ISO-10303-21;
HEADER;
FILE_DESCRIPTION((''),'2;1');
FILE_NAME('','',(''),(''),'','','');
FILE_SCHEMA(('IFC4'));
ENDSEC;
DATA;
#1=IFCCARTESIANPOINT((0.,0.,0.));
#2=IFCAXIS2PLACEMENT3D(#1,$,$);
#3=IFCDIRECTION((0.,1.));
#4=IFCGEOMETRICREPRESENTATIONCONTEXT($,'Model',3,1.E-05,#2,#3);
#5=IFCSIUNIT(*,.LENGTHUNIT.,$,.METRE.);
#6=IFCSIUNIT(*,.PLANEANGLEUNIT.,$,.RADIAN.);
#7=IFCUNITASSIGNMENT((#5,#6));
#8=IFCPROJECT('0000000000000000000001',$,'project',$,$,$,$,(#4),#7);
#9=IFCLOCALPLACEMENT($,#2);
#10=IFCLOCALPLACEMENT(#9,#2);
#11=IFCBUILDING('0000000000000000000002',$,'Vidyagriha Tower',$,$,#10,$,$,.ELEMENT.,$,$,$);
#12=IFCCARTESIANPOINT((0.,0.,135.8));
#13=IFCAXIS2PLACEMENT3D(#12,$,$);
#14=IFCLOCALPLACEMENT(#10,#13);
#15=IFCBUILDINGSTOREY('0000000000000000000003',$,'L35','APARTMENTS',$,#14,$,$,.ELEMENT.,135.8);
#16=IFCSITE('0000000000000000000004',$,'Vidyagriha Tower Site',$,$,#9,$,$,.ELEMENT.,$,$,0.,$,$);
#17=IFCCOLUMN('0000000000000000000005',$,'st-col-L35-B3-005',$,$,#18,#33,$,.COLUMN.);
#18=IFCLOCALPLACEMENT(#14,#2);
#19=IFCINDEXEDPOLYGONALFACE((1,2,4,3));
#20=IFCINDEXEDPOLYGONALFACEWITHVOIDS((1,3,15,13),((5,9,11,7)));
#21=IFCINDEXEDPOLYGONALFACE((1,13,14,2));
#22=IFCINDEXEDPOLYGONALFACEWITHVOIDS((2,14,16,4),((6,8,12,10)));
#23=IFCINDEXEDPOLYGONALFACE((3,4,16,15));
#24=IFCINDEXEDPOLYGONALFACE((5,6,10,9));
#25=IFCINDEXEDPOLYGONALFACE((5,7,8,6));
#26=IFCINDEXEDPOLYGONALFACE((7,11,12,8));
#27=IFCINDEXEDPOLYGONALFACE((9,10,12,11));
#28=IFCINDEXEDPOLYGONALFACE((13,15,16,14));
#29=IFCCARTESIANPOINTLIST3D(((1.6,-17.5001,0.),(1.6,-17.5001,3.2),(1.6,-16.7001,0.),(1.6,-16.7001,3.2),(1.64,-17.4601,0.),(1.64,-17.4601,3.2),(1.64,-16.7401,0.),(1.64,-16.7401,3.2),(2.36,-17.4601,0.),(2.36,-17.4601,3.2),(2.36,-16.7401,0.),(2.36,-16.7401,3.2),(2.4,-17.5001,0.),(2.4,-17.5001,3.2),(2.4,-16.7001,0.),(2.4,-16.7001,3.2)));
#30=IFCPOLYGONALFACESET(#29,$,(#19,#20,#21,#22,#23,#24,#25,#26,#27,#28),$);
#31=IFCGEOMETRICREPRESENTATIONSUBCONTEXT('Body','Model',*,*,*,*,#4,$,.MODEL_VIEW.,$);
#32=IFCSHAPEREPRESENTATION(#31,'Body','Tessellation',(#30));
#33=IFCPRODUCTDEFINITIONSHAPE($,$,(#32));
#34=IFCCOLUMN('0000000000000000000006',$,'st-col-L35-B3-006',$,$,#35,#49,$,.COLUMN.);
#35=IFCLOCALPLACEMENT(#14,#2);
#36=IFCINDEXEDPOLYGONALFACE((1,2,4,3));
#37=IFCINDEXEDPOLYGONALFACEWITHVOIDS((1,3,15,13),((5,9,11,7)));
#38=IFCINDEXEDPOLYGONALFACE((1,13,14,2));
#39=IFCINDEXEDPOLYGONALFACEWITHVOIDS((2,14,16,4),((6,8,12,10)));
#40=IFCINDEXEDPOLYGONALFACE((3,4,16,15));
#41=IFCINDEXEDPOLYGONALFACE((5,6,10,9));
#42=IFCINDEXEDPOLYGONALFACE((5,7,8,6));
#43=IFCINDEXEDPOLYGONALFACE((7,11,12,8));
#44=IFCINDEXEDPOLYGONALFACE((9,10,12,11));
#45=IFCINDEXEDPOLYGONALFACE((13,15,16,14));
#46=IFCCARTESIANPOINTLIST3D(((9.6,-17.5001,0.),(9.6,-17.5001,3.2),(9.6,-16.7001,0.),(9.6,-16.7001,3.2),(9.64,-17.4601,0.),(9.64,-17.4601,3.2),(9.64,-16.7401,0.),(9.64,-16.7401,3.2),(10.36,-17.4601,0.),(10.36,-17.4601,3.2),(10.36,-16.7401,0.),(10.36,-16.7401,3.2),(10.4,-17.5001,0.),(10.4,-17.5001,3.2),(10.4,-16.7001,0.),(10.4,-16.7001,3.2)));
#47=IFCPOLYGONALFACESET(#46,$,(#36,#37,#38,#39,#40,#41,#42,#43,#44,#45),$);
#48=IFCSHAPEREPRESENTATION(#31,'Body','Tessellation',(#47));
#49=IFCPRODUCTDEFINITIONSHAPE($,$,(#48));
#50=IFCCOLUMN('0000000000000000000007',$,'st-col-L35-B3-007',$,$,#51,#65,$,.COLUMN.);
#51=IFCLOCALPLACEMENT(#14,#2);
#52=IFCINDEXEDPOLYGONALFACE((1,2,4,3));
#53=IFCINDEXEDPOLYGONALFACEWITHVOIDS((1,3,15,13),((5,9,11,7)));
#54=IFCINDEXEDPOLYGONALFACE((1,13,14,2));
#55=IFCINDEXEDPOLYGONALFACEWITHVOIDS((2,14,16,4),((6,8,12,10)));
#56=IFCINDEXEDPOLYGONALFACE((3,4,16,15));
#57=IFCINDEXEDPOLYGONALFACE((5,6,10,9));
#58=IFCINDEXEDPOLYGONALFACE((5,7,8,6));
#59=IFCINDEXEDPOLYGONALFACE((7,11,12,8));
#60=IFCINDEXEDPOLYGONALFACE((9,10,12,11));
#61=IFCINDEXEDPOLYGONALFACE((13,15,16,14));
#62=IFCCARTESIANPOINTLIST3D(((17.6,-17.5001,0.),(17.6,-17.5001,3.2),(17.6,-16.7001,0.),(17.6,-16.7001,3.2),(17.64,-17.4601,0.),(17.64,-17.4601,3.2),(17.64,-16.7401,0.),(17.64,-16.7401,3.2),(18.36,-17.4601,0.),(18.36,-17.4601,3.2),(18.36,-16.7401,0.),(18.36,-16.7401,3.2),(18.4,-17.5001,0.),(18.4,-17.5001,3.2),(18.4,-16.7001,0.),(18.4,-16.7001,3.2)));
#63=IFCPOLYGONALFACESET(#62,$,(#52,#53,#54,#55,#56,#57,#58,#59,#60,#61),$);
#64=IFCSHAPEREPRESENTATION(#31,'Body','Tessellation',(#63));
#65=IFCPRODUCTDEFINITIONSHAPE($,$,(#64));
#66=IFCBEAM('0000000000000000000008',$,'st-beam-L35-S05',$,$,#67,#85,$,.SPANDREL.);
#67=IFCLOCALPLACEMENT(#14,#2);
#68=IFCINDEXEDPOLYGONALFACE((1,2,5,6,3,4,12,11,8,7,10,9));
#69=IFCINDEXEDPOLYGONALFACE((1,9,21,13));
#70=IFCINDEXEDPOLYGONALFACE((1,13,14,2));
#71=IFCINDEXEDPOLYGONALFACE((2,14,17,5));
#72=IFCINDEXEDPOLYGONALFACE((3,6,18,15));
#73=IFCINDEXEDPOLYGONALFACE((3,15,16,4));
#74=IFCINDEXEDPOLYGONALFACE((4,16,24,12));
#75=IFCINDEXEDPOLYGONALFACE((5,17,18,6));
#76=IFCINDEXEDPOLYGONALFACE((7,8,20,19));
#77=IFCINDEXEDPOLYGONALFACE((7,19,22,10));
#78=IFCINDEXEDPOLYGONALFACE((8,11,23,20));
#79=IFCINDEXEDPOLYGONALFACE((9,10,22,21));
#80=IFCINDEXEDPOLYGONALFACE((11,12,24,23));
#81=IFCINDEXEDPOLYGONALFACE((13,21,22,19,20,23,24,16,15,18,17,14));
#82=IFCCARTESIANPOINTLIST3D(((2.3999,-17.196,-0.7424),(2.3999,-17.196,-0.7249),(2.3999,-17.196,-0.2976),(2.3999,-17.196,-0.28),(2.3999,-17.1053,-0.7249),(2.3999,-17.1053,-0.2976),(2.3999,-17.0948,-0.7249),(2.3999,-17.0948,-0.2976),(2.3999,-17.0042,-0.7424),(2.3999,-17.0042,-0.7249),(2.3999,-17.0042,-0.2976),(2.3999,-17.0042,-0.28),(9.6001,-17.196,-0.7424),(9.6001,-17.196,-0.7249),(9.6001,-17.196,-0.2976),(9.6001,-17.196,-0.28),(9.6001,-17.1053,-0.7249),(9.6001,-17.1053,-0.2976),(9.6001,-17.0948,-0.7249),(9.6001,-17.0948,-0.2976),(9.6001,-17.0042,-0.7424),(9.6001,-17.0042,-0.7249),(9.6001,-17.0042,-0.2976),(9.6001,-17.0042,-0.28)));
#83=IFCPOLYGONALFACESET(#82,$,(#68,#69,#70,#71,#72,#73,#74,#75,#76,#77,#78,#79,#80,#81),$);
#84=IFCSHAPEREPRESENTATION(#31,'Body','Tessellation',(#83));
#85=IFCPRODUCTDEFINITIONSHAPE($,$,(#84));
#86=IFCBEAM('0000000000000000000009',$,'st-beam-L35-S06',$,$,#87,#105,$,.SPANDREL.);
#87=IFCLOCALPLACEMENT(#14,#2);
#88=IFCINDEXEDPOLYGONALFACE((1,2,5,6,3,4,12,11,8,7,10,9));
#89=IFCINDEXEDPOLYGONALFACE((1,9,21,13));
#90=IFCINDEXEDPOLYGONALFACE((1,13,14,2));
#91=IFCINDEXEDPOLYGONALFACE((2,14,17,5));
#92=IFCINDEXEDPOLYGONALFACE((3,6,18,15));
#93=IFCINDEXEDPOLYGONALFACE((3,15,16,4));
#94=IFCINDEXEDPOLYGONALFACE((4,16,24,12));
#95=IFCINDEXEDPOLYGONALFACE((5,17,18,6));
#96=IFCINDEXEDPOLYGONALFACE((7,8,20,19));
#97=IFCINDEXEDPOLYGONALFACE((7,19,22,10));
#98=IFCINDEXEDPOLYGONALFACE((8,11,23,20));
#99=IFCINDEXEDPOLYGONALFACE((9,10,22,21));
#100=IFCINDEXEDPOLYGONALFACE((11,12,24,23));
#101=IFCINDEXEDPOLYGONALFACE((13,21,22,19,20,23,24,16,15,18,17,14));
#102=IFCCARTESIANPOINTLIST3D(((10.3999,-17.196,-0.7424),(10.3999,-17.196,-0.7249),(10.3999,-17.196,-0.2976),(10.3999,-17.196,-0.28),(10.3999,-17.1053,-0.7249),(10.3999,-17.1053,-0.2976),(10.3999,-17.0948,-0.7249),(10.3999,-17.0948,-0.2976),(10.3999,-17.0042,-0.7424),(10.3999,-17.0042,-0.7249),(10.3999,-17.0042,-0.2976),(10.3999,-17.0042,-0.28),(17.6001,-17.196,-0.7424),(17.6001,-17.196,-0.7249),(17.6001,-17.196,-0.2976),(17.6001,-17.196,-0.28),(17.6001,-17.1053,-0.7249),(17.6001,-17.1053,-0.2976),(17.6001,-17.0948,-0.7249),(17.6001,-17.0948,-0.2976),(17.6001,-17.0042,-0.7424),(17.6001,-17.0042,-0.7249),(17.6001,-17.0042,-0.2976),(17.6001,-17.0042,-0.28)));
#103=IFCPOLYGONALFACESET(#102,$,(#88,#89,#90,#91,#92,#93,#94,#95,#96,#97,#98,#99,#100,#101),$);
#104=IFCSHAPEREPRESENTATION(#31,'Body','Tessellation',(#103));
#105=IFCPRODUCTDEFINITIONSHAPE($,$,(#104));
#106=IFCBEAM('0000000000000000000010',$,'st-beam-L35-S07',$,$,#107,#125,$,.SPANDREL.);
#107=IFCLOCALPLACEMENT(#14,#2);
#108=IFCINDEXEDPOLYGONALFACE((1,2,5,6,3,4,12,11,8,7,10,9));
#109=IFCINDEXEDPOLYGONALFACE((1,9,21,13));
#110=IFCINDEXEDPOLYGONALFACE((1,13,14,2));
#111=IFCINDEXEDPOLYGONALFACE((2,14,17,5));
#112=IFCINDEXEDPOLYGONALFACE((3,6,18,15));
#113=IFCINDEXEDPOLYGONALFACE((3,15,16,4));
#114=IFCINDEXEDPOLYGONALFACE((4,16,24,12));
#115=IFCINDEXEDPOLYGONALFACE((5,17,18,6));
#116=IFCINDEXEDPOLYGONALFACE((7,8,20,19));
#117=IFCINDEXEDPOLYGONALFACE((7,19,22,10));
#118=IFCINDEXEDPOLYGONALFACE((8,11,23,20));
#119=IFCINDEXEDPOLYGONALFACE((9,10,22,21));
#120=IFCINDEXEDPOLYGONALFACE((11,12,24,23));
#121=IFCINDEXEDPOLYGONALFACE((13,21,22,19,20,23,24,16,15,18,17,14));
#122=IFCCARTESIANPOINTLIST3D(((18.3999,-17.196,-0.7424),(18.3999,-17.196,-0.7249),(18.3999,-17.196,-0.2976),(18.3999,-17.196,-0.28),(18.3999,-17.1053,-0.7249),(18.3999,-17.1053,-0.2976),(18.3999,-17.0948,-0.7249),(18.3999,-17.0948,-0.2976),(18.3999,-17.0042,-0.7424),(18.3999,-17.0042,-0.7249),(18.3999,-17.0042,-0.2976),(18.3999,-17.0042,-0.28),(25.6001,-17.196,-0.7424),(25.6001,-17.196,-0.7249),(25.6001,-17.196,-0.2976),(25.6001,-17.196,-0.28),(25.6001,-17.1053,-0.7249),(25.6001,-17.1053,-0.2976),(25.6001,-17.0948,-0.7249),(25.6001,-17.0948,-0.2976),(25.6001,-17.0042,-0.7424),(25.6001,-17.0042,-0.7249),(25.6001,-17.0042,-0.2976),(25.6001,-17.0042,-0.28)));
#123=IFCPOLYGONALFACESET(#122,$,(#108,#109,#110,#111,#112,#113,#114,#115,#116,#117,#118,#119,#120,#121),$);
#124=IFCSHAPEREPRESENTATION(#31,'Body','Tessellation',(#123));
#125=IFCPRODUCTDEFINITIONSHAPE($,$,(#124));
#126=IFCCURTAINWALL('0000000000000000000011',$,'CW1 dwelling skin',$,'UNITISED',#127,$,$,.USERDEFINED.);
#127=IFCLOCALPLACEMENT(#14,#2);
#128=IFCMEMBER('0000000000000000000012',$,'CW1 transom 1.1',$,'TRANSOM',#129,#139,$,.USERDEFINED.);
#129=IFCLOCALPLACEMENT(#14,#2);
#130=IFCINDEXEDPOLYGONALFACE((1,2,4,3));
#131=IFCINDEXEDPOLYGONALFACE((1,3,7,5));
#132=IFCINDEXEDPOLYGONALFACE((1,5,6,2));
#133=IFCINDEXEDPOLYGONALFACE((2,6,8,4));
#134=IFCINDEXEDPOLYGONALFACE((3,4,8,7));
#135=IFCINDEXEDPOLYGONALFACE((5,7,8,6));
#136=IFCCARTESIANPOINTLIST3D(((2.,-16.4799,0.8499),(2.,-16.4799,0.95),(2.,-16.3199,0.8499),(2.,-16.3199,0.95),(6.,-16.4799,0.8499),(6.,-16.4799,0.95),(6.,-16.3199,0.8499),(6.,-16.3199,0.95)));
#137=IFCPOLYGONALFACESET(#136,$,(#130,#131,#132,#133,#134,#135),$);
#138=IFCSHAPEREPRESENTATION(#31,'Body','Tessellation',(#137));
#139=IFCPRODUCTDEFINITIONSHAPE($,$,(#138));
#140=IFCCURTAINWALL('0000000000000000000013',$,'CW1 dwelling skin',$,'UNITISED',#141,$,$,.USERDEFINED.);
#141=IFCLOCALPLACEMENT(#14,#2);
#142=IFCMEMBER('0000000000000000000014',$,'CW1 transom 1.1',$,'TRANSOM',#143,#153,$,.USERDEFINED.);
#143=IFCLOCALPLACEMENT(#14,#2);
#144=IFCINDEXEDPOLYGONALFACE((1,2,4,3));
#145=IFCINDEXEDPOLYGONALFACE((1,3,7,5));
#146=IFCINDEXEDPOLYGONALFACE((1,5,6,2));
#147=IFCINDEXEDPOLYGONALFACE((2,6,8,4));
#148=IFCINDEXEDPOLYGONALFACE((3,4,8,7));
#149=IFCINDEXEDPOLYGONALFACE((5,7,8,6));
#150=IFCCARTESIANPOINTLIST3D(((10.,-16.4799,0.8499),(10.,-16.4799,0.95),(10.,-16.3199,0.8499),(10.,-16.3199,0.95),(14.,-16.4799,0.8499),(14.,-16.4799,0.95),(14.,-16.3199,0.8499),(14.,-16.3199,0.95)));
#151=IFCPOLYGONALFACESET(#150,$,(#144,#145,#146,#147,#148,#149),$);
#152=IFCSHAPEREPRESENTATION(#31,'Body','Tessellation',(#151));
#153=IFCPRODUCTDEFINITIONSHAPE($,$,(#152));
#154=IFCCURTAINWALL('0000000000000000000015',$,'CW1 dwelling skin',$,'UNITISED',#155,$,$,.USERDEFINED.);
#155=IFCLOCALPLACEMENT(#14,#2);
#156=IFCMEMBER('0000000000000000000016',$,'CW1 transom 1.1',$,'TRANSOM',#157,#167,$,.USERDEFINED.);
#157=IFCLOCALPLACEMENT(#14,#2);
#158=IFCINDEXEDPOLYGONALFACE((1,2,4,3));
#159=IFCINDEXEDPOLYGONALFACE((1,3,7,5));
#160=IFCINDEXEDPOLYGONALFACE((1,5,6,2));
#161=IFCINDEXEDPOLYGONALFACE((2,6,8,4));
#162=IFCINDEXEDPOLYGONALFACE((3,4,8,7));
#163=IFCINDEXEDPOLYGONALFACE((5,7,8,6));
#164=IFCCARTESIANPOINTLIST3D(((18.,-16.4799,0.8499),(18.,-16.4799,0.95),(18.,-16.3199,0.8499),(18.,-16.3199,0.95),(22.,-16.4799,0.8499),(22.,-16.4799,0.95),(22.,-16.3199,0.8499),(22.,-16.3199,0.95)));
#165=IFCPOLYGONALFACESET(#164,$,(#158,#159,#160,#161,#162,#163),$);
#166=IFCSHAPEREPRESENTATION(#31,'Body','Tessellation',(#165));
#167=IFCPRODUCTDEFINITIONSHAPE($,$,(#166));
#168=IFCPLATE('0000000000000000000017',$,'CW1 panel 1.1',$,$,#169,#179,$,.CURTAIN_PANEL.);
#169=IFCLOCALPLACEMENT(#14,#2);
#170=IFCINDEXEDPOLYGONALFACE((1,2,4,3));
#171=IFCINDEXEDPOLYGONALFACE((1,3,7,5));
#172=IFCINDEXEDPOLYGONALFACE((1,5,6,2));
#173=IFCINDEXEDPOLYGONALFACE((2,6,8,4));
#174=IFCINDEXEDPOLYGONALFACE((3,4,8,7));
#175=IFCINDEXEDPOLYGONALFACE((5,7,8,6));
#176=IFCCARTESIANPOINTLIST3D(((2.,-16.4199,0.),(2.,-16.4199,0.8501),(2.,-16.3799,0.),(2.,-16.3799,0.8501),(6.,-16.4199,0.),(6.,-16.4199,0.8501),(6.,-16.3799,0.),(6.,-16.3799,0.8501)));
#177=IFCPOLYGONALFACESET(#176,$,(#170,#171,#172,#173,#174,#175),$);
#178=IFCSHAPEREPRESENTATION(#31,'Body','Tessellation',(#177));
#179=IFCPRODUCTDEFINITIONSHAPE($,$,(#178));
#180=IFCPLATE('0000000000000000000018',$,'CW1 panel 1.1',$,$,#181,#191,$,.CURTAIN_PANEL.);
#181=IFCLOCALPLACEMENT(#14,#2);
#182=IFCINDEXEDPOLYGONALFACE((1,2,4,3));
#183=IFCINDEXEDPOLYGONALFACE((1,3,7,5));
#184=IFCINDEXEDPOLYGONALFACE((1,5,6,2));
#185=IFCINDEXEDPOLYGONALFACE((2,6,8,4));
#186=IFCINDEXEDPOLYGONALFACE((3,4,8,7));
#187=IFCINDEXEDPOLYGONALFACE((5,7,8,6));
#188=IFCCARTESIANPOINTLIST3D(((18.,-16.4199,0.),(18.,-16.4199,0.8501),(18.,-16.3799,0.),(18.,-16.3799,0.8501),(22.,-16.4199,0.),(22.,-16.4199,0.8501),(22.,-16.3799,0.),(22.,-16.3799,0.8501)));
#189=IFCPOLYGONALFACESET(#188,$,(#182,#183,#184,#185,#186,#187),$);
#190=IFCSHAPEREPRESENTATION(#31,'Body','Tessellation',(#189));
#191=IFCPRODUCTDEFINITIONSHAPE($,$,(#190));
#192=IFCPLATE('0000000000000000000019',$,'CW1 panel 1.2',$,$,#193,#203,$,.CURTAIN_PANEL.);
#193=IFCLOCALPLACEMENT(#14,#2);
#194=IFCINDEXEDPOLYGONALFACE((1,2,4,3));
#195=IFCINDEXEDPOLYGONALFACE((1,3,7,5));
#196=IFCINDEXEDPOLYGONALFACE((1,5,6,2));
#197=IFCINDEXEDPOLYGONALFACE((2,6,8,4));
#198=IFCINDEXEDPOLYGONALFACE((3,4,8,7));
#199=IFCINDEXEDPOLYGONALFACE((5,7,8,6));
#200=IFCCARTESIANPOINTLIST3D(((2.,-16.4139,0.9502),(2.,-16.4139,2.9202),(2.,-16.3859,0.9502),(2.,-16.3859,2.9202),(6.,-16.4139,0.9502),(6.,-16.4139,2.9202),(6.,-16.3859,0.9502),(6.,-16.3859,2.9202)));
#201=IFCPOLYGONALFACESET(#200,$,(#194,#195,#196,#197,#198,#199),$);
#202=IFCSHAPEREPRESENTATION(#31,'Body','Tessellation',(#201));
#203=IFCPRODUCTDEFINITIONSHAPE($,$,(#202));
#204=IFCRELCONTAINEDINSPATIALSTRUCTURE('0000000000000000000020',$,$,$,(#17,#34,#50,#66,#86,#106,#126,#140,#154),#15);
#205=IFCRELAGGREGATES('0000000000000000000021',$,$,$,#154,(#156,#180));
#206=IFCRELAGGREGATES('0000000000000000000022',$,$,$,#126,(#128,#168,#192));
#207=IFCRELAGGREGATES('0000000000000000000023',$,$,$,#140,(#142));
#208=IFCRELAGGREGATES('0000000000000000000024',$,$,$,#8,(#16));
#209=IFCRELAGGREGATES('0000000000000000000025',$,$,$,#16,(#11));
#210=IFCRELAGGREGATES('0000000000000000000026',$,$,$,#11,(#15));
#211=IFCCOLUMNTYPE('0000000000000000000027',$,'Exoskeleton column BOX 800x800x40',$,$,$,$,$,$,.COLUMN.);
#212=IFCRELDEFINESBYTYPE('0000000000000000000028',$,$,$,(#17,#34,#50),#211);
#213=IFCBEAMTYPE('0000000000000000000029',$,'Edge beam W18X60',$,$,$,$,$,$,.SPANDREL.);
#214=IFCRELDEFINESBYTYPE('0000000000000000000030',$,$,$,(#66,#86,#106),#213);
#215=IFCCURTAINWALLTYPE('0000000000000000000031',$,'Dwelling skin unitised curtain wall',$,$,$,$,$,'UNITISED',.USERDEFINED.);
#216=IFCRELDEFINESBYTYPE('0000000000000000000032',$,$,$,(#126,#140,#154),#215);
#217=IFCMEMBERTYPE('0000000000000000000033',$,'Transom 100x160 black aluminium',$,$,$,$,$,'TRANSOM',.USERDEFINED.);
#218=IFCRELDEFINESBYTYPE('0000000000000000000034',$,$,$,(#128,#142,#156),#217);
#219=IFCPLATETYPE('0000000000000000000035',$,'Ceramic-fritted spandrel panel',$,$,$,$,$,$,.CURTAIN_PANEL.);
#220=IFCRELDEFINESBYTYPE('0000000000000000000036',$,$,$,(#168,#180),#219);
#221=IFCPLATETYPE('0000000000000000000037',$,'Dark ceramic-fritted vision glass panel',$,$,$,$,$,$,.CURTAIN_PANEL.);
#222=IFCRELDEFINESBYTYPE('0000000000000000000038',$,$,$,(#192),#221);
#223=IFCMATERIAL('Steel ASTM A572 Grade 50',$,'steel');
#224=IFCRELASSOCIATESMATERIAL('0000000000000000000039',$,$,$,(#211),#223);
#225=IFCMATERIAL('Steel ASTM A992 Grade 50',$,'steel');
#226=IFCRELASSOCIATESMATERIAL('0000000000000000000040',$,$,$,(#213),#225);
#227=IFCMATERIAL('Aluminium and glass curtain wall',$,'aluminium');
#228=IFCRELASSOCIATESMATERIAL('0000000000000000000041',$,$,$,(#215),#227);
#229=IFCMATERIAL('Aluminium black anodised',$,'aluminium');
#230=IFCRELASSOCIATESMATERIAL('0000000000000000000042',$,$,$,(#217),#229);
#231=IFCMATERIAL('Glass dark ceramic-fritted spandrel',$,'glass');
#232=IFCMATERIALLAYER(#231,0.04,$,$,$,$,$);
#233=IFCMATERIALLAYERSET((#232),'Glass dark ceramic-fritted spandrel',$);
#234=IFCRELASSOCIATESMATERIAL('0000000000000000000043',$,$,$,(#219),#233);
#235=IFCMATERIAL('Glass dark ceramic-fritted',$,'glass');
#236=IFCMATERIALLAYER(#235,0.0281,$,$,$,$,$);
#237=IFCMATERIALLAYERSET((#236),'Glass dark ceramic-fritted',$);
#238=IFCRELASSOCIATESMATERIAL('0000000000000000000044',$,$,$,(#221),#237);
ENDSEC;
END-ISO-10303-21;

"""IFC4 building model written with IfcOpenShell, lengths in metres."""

from ifc_helpers import new_model, si_unit, direction, frame, origin, origin_2d, place, context, subcontext, project, spatial, rectangle, hollow_rectangle, i_section, extrude, material, layer, layer_set, material_profile, profile_set, type_object, element, aggregate, save


model = new_model("IFC4")

# Units and contexts
model_context = context("Model", 3, precision=1e-05, world=origin(), true_north=direction((0.0, 1.0)))
body_context = subcontext(model_context, "Body", "Model", "MODEL_VIEW")
ifc_project = project(units=[si_unit("LENGTHUNIT", "METRE"), si_unit("PLANEANGLEUNIT", "RADIAN")], contexts=[model_context])

# Site, building, storey
site_placement = place(None, origin())
site = spatial("IfcSite", under=ifc_project, at=site_placement, Name="Vidyagriha Tower Site", CompositionType="ELEMENT", RefElevation=0.0)
building_placement = place(site_placement, origin())
building = spatial("IfcBuilding", under=site, at=building_placement, Name="Vidyagriha Tower", CompositionType="ELEMENT")
storey_placement = place(building_placement, frame((0.0, 0.0, 135.8)))
storey = spatial("IfcBuildingStorey", under=building, at=storey_placement, Name="L35", Description="APARTMENTS", CompositionType="ELEMENT", Elevation=135.8)

# Columns
ifc_material_1 = material(Name="Steel ASTM A572 Grade 50", Category="steel")
ifc_material_profile_1 = material_profile(ifc_material_1, hollow_rectangle(XDim=0.8, YDim=0.8, WallThickness=0.04, at=origin_2d()), Name="BOX 800x800x40")
ifc_profile_set_1 = profile_set([ifc_material_profile_1], Name="Steel ASTM A572 Grade 50")
column_type = type_object("IfcColumnType", Name="Exoskeleton column BOX 800x800x40", PredefinedType="COLUMN", material=ifc_profile_set_1)
for number, where, name in (
    (1, (2.0, -17.1001, 0.0), "st-col-L35-B3-005"),
    (2, (10.0, -17.1001, 0.0), "st-col-L35-B3-006"),
    (3, (18.0, -17.1001, 0.0), "st-col-L35-B3-007"),
):
    element("IfcColumn", number, at=place(storey_placement, frame(where)), inside=storey, type_object=column_type, Name=name, PredefinedType="COLUMN", context=body_context, shape_type="SweptSolid", body=[
        extrude(hollow_rectangle(XDim=0.8, YDim=0.8, WallThickness=0.04, at=origin_2d()), origin(), (0.0, 0.0, 1.0), 3.2),
    ])

# Beams
ifc_material_2 = material(Name="Steel ASTM A992 Grade 50", Category="steel")
ifc_material_profile_2 = material_profile(ifc_material_2, i_section(OverallWidth=0.1919, OverallDepth=0.4624, WebThickness=0.0105, FlangeThickness=0.0176, at=origin_2d()), Name="W18X60")
ifc_profile_set_2 = profile_set([ifc_material_profile_2], Name="Steel ASTM A992 Grade 50")
beam_type = type_object("IfcBeamType", Name="Edge beam W18X60", PredefinedType="SPANDREL", material=ifc_profile_set_2)
for number, where, z_axis, x_axis, name in (
    (4, (2.3999, -17.1001, -0.5112), (1.0, 0.0, 0.0), (0.0, 1.0, 0.0), "st-beam-L35-S05"),
    (5, (10.3999, -17.1001, -0.5112), (1.0, 0.0, 0.0), (0.0, 1.0, 0.0), "st-beam-L35-S06"),
    (6, (18.3999, -17.1001, -0.5112), (1.0, 0.0, 0.0), (0.0, 1.0, 0.0), "st-beam-L35-S07"),
):
    element("IfcBeam", number, at=place(storey_placement, frame(where, z_axis=z_axis, x_axis=x_axis)), inside=storey, type_object=beam_type, Name=name, PredefinedType="SPANDREL", context=body_context, shape_type="SweptSolid", body=[
        extrude(i_section(OverallWidth=0.1919, OverallDepth=0.4624, WebThickness=0.0105, FlangeThickness=0.0176, at=origin_2d()), origin(), (0.0, 0.0, 1.0), 7.2002),
    ])

# Curtain walls, members
ifc_material_3 = material(Name="Aluminium and glass curtain wall", Category="aluminium")
curtain_wall_type = type_object("IfcCurtainWallType", Name="Dwelling skin unitised curtain wall", ElementType="UNITISED", PredefinedType="USERDEFINED", material=ifc_material_3)
curtain_wall_1_placement = place(storey_placement, origin())
curtain_wall_1 = element("IfcCurtainWall", 7, at=curtain_wall_1_placement, inside=storey, type_object=curtain_wall_type, Name="CW1 dwelling skin", ObjectType="UNITISED", PredefinedType="USERDEFINED")
ifc_material_4 = material(Name="Aluminium black anodised", Category="aluminium")
ifc_material_profile_3 = material_profile(ifc_material_4, rectangle(XDim=0.1599, YDim=0.1001, at=origin_2d()), Name="Transom 100x160 black aluminium")
ifc_profile_set_3 = profile_set([ifc_material_profile_3], Name="Aluminium black anodised")
member_type = type_object("IfcMemberType", Name="Transom 100x160 black aluminium", ElementType="TRANSOM", PredefinedType="USERDEFINED", material=ifc_profile_set_3)
member_1_placement = place(storey_placement, frame((2.0, -16.3999, 0.8999), z_axis=(1.0, 0.0, 0.0), x_axis=(0.0, 1.0, 0.0)))
member_1 = element("IfcMember", 8, at=member_1_placement, type_object=member_type, Name="CW1 transom 1.1", ObjectType="TRANSOM", PredefinedType="USERDEFINED", context=body_context, shape_type="SweptSolid", body=[
    extrude(rectangle(XDim=0.1599, YDim=0.1001, at=origin_2d()), origin(), (0.0, 0.0, 1.0), 4.0),
])
curtain_wall_2_placement = place(storey_placement, origin())
curtain_wall_2 = element("IfcCurtainWall", 9, at=curtain_wall_2_placement, inside=storey, type_object=curtain_wall_type, Name="CW1 dwelling skin", ObjectType="UNITISED", PredefinedType="USERDEFINED")
member_2_placement = place(storey_placement, frame((10.0, -16.3999, 0.8999), z_axis=(1.0, 0.0, 0.0), x_axis=(0.0, 1.0, 0.0)))
member_2 = element("IfcMember", 10, at=member_2_placement, type_object=member_type, Name="CW1 transom 1.1", ObjectType="TRANSOM", PredefinedType="USERDEFINED", context=body_context, shape_type="SweptSolid", body=[
    extrude(rectangle(XDim=0.1599, YDim=0.1001, at=origin_2d()), origin(), (0.0, 0.0, 1.0), 4.0),
])
curtain_wall_3_placement = place(storey_placement, origin())
curtain_wall_3 = element("IfcCurtainWall", 11, at=curtain_wall_3_placement, inside=storey, type_object=curtain_wall_type, Name="CW1 dwelling skin", ObjectType="UNITISED", PredefinedType="USERDEFINED")
member_3_placement = place(storey_placement, frame((18.0, -16.3999, 0.8999), z_axis=(1.0, 0.0, 0.0), x_axis=(0.0, 1.0, 0.0)))
member_3 = element("IfcMember", 12, at=member_3_placement, type_object=member_type, Name="CW1 transom 1.1", ObjectType="TRANSOM", PredefinedType="USERDEFINED", context=body_context, shape_type="SweptSolid", body=[
    extrude(rectangle(XDim=0.1599, YDim=0.1001, at=origin_2d()), origin(), (0.0, 0.0, 1.0), 4.0),
])

# Plates
ifc_material_5 = material(Name="Glass dark ceramic-fritted spandrel", Category="glass")
ifc_layer_1 = layer(ifc_material_5, 0.04)
ifc_layer_set_1 = layer_set([ifc_layer_1], Name="Glass dark ceramic-fritted spandrel")
plate_type_1 = type_object("IfcPlateType", Name="Ceramic-fritted spandrel panel", PredefinedType="CURTAIN_PANEL", material=ifc_layer_set_1)
plate_1_placement = place(storey_placement, frame((4.0, -16.3999, 0.0)))
plate_1 = element("IfcPlate", 13, at=plate_1_placement, type_object=plate_type_1, Name="CW1 panel 1.1", PredefinedType="CURTAIN_PANEL", context=body_context, shape_type="SweptSolid", body=[
    extrude(rectangle(XDim=4.0, YDim=0.04, at=origin_2d()), origin(), (0.0, 0.0, 1.0), 0.8501),
])
plate_2_placement = place(storey_placement, frame((20.0, -16.3999, 0.0)))
plate_2 = element("IfcPlate", 14, at=plate_2_placement, type_object=plate_type_1, Name="CW1 panel 1.1", PredefinedType="CURTAIN_PANEL", context=body_context, shape_type="SweptSolid", body=[
    extrude(rectangle(XDim=4.0, YDim=0.04, at=origin_2d()), origin(), (0.0, 0.0, 1.0), 0.8501),
])
aggregate(curtain_wall_3, [member_3, plate_2])
ifc_material_6 = material(Name="Glass dark ceramic-fritted", Category="glass")
ifc_layer_2 = layer(ifc_material_6, 0.0281)
ifc_layer_set_2 = layer_set([ifc_layer_2], Name="Glass dark ceramic-fritted")
plate_type_2 = type_object("IfcPlateType", Name="Dark ceramic-fritted vision glass panel", PredefinedType="CURTAIN_PANEL", material=ifc_layer_set_2)
plate_3_placement = place(storey_placement, frame((4.0, -16.3999, 0.9502)))
plate_3 = element("IfcPlate", 15, at=plate_3_placement, type_object=plate_type_2, Name="CW1 panel 1.2", PredefinedType="CURTAIN_PANEL", context=body_context, shape_type="SweptSolid", body=[
    extrude(rectangle(XDim=4.0, YDim=0.0281, at=origin_2d()), origin(), (0.0, 0.0, 1.0), 1.97),
])
aggregate(curtain_wall_1, [member_1, plate_1, plate_3])
aggregate(curtain_wall_2, [member_2])

save(model, "model.ifc")
